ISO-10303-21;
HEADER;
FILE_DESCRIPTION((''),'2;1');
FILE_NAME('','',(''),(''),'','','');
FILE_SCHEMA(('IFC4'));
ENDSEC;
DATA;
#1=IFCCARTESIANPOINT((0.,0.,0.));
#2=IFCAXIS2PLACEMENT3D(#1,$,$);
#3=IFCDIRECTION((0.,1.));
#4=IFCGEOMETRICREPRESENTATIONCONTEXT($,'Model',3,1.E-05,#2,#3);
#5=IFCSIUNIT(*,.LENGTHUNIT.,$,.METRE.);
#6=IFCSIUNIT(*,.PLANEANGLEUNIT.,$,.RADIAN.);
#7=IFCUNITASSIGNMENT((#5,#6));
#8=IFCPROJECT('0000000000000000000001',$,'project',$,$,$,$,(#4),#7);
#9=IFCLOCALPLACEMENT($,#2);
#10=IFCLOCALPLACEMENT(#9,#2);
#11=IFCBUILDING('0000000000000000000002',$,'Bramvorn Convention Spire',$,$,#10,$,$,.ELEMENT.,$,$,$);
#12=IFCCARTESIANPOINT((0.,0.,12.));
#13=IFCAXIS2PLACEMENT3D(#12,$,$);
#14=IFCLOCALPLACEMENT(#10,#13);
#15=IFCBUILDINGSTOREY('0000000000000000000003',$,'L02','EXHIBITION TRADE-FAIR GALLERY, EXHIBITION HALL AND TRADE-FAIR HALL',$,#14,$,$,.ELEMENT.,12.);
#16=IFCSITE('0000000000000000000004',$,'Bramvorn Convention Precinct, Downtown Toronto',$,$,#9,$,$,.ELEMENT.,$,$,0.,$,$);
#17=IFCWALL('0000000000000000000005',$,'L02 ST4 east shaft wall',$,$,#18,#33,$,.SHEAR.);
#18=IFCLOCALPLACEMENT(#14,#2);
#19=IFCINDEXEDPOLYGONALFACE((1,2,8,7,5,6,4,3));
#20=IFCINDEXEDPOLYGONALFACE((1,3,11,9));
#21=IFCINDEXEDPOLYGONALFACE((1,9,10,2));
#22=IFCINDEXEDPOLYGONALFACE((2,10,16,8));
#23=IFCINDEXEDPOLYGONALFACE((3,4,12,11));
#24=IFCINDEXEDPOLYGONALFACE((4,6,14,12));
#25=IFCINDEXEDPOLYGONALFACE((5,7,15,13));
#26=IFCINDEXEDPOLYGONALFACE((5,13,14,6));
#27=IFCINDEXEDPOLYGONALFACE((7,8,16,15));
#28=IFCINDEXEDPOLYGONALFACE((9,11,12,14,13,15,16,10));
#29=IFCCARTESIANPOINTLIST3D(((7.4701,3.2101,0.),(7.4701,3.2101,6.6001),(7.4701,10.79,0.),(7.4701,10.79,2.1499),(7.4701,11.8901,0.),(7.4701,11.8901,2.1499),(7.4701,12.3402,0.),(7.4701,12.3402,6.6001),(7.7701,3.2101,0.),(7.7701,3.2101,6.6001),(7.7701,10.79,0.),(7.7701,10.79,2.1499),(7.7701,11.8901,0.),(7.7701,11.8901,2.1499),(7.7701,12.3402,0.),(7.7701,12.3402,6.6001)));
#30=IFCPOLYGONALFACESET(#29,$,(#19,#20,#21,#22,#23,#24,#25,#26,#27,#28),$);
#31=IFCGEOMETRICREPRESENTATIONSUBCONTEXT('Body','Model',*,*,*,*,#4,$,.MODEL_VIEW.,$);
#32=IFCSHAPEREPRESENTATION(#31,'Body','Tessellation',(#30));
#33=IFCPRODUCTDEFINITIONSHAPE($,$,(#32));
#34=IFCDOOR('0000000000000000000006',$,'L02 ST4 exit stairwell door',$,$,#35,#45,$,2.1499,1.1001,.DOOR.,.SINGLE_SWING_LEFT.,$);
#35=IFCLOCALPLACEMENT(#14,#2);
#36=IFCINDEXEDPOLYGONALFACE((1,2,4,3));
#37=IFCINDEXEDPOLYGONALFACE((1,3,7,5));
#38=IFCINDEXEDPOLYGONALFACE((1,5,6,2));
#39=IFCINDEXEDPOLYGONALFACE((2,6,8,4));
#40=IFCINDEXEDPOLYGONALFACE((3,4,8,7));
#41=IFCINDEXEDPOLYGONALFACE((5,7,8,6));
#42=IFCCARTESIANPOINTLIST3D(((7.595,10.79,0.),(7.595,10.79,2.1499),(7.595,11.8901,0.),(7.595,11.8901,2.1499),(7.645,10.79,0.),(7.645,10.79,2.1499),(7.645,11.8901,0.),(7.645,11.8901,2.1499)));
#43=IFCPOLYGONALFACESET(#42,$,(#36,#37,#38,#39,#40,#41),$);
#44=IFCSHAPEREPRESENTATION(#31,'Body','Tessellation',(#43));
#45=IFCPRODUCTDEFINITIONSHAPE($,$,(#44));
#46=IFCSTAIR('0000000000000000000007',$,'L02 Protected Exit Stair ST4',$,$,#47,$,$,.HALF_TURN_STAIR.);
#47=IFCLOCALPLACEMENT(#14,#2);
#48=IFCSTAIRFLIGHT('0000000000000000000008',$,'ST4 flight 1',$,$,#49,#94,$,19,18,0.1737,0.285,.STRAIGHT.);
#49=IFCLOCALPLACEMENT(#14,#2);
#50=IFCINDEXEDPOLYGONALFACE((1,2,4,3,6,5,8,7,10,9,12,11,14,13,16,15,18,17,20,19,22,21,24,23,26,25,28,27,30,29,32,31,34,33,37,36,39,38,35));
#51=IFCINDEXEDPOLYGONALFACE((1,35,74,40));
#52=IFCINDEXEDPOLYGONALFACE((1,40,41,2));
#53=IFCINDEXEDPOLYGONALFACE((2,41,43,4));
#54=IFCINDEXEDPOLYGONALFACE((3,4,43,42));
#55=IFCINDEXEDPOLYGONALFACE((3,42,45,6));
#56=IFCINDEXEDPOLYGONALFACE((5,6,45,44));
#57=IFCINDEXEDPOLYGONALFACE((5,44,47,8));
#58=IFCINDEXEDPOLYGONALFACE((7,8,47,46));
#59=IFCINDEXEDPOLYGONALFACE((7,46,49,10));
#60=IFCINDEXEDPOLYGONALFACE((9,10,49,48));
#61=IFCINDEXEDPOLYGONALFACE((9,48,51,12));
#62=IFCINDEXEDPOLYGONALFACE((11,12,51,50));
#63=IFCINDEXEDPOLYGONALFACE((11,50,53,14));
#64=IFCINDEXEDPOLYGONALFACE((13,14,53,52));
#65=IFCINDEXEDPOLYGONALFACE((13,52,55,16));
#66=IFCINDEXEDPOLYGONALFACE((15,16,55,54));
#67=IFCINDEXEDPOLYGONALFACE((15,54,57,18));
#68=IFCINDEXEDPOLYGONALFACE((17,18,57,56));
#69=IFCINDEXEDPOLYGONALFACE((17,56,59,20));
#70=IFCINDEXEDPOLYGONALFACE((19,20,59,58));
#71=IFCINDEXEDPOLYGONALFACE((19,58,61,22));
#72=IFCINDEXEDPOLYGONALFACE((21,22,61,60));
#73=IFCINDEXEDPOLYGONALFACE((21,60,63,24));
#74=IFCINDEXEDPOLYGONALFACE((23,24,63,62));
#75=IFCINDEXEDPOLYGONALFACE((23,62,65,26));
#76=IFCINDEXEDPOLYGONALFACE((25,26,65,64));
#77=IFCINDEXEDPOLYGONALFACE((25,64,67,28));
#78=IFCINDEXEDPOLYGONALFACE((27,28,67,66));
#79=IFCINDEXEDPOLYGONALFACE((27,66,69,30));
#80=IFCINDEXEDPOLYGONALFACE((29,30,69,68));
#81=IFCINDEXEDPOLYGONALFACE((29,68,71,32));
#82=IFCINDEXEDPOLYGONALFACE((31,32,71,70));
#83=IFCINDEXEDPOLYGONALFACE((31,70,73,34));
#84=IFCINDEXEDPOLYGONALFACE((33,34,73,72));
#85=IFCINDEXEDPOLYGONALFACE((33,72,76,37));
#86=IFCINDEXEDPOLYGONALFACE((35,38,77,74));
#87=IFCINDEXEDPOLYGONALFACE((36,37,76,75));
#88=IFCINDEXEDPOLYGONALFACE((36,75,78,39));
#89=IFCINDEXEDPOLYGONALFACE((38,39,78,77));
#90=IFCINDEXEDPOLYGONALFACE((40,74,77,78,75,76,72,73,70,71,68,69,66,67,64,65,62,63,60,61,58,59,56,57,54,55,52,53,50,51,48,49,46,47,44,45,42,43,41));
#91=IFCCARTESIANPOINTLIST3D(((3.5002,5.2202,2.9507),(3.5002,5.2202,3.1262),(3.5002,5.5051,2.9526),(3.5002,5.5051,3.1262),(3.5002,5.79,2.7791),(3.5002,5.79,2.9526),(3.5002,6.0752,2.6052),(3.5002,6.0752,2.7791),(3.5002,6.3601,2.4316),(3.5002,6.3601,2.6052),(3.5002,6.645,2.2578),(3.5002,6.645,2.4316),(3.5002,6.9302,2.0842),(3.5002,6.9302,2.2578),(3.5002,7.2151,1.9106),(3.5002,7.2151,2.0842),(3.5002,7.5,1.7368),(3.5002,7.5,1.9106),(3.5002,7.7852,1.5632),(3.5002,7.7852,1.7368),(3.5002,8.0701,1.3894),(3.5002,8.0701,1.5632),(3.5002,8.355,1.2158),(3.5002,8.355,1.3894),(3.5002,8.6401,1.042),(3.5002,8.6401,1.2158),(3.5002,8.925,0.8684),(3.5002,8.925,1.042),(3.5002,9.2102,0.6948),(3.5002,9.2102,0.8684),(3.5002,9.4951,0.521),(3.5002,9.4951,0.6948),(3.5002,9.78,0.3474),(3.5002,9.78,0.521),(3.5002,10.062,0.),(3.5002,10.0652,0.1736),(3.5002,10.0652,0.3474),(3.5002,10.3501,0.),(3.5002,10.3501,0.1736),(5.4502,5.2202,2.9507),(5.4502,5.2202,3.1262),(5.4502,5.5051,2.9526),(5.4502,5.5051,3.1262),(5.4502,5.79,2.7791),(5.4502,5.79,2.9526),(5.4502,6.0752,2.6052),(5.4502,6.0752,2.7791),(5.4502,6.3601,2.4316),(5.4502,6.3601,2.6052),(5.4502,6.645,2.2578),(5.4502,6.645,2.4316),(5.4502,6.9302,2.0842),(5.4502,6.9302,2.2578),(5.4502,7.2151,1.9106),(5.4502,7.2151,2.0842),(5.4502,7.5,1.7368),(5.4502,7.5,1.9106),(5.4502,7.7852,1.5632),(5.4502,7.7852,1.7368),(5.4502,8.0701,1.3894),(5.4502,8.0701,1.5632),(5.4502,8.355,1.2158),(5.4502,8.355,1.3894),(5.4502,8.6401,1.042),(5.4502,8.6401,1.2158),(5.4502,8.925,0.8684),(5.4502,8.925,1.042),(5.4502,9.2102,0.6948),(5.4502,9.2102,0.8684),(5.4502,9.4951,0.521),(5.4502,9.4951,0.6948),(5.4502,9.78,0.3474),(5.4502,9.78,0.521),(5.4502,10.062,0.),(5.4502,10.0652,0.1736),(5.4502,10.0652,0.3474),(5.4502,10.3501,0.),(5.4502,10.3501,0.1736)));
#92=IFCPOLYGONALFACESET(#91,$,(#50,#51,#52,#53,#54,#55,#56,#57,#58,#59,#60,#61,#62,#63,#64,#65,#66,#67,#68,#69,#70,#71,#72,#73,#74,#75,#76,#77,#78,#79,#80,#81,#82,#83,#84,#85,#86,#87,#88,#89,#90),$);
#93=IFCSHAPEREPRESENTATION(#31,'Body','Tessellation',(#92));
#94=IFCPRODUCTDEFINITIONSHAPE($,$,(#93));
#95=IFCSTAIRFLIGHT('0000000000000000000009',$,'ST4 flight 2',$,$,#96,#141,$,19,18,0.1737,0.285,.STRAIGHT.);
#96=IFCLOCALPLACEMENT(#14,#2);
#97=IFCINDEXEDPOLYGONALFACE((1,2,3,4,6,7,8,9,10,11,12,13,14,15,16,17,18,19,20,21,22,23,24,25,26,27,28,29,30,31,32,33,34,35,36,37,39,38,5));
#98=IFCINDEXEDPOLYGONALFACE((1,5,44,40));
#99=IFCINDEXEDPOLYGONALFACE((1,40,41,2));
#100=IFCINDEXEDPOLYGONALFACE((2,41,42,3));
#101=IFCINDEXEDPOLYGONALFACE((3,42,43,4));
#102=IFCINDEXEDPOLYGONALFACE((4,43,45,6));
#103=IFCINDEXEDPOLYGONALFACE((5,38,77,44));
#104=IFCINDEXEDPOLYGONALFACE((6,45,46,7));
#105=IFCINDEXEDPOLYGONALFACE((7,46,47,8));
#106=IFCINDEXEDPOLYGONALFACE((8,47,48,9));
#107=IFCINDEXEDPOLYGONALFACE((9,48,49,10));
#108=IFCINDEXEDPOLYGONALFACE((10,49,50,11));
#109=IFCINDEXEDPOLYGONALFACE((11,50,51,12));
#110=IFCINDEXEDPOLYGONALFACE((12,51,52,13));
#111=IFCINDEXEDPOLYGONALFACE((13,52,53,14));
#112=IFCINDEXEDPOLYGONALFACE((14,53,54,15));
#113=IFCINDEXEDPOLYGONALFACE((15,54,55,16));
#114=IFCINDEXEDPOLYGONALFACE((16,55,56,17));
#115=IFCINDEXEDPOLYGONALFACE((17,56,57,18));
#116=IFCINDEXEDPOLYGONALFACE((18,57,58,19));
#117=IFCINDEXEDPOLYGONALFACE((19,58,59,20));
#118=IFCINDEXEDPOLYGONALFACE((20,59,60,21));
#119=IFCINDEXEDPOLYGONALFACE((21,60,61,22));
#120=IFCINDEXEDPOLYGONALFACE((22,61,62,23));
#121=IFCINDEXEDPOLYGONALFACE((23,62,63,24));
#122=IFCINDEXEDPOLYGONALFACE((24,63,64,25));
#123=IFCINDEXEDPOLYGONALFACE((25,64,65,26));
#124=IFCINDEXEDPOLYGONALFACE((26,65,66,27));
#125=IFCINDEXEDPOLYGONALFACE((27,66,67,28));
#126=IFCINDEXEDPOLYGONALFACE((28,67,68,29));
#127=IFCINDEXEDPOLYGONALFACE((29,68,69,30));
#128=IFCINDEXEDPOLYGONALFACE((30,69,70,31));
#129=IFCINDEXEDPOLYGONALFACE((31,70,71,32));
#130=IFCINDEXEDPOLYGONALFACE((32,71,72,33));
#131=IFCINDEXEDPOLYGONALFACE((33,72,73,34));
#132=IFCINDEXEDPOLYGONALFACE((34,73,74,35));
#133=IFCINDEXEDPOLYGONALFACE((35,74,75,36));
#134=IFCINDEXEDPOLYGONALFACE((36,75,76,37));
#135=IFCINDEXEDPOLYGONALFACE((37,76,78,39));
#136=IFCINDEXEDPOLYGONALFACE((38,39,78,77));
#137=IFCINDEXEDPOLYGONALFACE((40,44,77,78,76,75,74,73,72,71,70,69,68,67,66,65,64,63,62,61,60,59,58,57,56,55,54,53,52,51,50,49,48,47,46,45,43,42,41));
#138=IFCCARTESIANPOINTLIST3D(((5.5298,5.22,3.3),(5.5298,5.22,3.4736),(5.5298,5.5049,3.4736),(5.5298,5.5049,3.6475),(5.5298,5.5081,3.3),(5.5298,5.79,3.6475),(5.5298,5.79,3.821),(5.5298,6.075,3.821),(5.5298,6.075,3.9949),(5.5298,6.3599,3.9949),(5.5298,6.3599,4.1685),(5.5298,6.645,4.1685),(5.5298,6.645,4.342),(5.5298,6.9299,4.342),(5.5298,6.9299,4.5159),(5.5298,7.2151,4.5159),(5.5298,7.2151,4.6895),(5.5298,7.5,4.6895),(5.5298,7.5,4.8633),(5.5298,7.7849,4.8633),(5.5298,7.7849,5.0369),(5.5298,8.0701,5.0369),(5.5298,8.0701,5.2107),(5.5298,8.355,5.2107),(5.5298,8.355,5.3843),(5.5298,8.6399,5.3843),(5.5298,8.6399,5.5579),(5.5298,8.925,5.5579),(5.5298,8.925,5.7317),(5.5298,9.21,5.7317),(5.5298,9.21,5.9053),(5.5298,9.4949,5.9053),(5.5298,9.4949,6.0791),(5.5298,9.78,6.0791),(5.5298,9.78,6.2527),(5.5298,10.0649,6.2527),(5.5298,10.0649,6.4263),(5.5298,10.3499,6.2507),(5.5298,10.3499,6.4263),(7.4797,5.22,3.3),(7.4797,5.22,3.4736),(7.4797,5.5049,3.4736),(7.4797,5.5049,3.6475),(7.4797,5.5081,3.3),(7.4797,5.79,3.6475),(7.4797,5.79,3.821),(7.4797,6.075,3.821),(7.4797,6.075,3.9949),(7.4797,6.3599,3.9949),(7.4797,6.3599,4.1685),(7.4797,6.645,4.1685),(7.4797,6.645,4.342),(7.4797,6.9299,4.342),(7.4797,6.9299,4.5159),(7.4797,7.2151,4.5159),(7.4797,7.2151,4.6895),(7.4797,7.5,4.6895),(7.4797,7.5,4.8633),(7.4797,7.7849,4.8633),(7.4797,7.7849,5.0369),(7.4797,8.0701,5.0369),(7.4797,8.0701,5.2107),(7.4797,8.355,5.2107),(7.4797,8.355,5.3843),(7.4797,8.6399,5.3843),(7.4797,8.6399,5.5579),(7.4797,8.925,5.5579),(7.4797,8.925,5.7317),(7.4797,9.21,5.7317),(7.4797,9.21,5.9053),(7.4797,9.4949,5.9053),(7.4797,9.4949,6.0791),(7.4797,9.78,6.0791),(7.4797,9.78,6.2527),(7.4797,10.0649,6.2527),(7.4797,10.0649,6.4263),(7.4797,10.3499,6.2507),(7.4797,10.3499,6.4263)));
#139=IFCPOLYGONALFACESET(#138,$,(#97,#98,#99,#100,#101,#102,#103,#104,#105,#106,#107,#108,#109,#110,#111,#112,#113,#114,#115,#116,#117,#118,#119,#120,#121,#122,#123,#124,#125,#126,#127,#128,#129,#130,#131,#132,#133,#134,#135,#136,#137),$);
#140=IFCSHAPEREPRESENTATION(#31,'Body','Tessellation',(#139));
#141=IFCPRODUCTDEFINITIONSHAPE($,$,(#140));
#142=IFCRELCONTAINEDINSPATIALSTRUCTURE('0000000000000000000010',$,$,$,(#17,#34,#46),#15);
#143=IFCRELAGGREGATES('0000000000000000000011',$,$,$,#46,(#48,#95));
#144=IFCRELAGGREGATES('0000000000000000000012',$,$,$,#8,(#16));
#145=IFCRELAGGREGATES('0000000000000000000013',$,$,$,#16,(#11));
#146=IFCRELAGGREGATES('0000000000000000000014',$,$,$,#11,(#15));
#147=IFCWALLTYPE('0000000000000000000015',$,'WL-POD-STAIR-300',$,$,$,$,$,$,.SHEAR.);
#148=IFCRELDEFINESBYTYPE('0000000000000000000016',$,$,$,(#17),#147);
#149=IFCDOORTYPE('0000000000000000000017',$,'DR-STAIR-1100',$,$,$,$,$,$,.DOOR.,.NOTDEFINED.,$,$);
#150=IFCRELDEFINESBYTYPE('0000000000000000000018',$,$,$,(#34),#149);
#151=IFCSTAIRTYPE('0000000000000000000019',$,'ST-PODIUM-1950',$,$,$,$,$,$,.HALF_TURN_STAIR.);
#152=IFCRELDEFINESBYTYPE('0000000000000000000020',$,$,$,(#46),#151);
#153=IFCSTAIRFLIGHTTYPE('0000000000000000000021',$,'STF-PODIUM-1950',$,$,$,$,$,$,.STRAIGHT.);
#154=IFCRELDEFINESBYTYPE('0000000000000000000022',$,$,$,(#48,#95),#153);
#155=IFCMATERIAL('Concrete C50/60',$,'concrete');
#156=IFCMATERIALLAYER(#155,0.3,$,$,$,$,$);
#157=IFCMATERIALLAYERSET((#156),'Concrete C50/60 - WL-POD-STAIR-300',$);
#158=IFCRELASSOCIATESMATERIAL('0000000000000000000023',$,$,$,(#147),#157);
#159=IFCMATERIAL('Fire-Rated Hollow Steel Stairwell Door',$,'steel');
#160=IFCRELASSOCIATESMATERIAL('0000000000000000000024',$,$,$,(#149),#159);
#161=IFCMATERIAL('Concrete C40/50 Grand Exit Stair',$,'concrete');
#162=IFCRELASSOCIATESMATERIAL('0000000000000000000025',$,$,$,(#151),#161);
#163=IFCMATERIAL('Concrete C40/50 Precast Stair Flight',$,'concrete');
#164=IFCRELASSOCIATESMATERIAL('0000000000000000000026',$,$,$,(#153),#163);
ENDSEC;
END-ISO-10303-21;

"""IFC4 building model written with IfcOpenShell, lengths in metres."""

from ifc_helpers import new_model, si_unit, direction, frame, frame_2d, origin, place, context, subcontext, project, spatial, polyline, rectangle, outline, extrude, material, layer, layer_set, type_object, element, fill, aggregate, save


model = new_model("IFC4")

# Units and contexts
model_context = context("Model", 3, precision=1e-05, world=origin(), true_north=direction((0.0, 1.0)))
body_context = subcontext(model_context, "Body", "Model", "MODEL_VIEW")
ifc_project = project(units=[si_unit("LENGTHUNIT", "METRE"), si_unit("PLANEANGLEUNIT", "RADIAN")], contexts=[model_context])

# Site, building, storey
site_placement = place(None, origin())
site = spatial("IfcSite", under=ifc_project, at=site_placement, Name="Bramvorn Convention Precinct, Downtown Toronto", CompositionType="ELEMENT", RefElevation=0.0)
building_placement = place(site_placement, origin())
building = spatial("IfcBuilding", under=site, at=building_placement, Name="Bramvorn Convention Spire", CompositionType="ELEMENT")
storey_placement = place(building_placement, frame((0.0, 0.0, 12.0)))
storey = spatial("IfcBuildingStorey", under=building, at=storey_placement, Name="L02", Description="EXHIBITION TRADE-FAIR GALLERY, EXHIBITION HALL AND TRADE-FAIR HALL", CompositionType="ELEMENT", Elevation=12.0)

# Shared definitions
ifc_material_1 = material(Name="Concrete C50/60", Category="concrete")
ifc_layer = layer(ifc_material_1, 0.3)
ifc_layer_set = layer_set([ifc_layer], Name="Concrete C50/60 - WL-POD-STAIR-300")
wall_type = type_object("IfcWallType", Name="WL-POD-STAIR-300", PredefinedType="SHEAR", material=ifc_layer_set)

# Wall, opening, door
wall_1_placement = place(storey_placement, frame((7.6201, 12.3401, 0.0), z_axis=(0.0, 0.0, 1.0), x_axis=(0.0, -1.0, 0.0)))
wall_1 = element("IfcWall", 1, at=wall_1_placement, inside=storey, type_object=wall_type, Name="L02 ST4 east shaft wall", PredefinedType="SHEAR", context=body_context, shape_type="SweptSolid", body=[
    extrude(rectangle(XDim=9.1301, YDim=0.3, at=frame_2d((4.5649, 0.0))), origin(), (0.0, 0.0, 1.0), 6.6001),
])
opening_placement = place(wall_1_placement, frame((0.45, 0.0, 0.0)))
opening = element("IfcOpeningElement", 2, at=opening_placement, cuts=wall_1, PredefinedType="OPENING", context=body_context, shape_type="SweptSolid", body=[
    extrude(rectangle(XDim=1.1001, YDim=2.1499, at=frame_2d((0.55, 1.075))), frame((0.0, 0.1599, 0.0), z_axis=(0.0, -1.0, 0.0), x_axis=(1.0, 0.0, 0.0)), (0.0, 0.0, 1.0), 0.3201),
])
ifc_material_2 = material(Name="Fire-Rated Hollow Steel Stairwell Door", Category="steel")
door_type = type_object("IfcDoorType", Name="DR-STAIR-1100", OperationType="NOTDEFINED", PredefinedType="DOOR", material=ifc_material_2)
door_placement = place(opening_placement, origin())
door = element("IfcDoor", 3, at=door_placement, inside=storey, type_object=door_type, Name="L02 ST4 exit stairwell door", OperationType="SINGLE_SWING_LEFT", OverallHeight=2.1499, OverallWidth=1.1001, PredefinedType="DOOR", context=body_context, shape_type="SweptSolid", body=[
    extrude(rectangle(XDim=1.1001, YDim=2.1499, at=frame_2d((0.55, 1.075))), frame((0.0, 0.0249, 0.0), z_axis=(0.0, -1.0, 0.0), x_axis=(1.0, 0.0, 0.0)), (0.0, 0.0, 1.0), 0.05),
])
fill(opening, door)

# Stair, stair flights
ifc_material_3 = material(Name="Concrete C40/50 Grand Exit Stair", Category="concrete")
stair_type = type_object("IfcStairType", Name="ST-PODIUM-1950", PredefinedType="HALF_TURN_STAIR", material=ifc_material_3)
stair_placement = place(storey_placement, origin())
stair = element("IfcStair", 4, at=stair_placement, inside=storey, type_object=stair_type, Name="L02 Protected Exit Stair ST4", PredefinedType="HALF_TURN_STAIR")
ifc_material_4 = material(Name="Concrete C40/50 Precast Stair Flight", Category="concrete")
stair_flight_type = type_object("IfcStairFlightType", Name="STF-PODIUM-1950", PredefinedType="STRAIGHT", material=ifc_material_4)
stair_flight_1_placement = place(storey_placement, frame((4.4751, 10.3501, 0.0), z_axis=(0.0, 0.0, 1.0), x_axis=(0.0, -1.0, 0.0)))
stair_flight_1 = element("IfcStairFlight", 5, at=stair_flight_1_placement, type_object=stair_flight_type, Name="ST4 flight 1", NumberOfRisers=19, NumberOfTreads=18, PredefinedType="STRAIGHT", RiserHeight=0.1737, TreadLength=0.285, context=body_context, shape_type="SweptSolid", body=[
    extrude(outline(polyline([(0.0, 0.0), (0.0, 0.1736), (0.2849, 0.1736), (0.2849, 0.3474), (0.5701, 0.3474), (0.5701, 0.521), (0.855, 0.521), (0.855, 0.6948), (1.1399, 0.6948), (1.1399, 0.8684), (1.425, 0.8684), (1.425, 1.042), (1.71, 1.042), (1.71, 1.2158), (1.9951, 1.2158), (1.9951, 1.3894), (2.28, 1.3894), (2.28, 1.5632), (2.5649, 1.5632), (2.5649, 1.7368), (2.8501, 1.7368), (2.8501, 1.9106), (3.135, 1.9106), (3.135, 2.0842), (3.4199, 2.0842), (3.4199, 2.2578), (3.7051, 2.2578), (3.7051, 2.4316), (3.99, 2.4316), (3.99, 2.6052), (4.2749, 2.6052), (4.2749, 2.7791), (4.5601, 2.7791), (4.5601, 2.9526), (4.845, 2.9526), (4.845, 3.1262), (5.1299, 3.1262), (5.1299, 3.3), (5.1299, 2.9507), (0.2881, 0.0), (0.0, 0.0)])), frame((0.0, 0.9751, 0.0), z_axis=(0.0, -1.0, 0.0), x_axis=(1.0, 0.0, 0.0)), (0.0, 0.0, 1.0), 1.95),
])
stair_flight_2_placement = place(storey_placement, frame((6.5049, 5.22, 3.3), z_axis=(0.0, 0.0, 1.0), x_axis=(0.0, 1.0, 0.0)))
stair_flight_2 = element("IfcStairFlight", 6, at=stair_flight_2_placement, type_object=stair_flight_type, Name="ST4 flight 2", NumberOfRisers=19, NumberOfTreads=18, PredefinedType="STRAIGHT", RiserHeight=0.1737, TreadLength=0.285, context=body_context, shape_type="SweptSolid", body=[
    extrude(outline(polyline([(0.0, 0.0), (0.0, 0.1736), (0.2849, 0.1736), (0.2849, 0.3474), (0.5701, 0.3474), (0.5701, 0.521), (0.855, 0.521), (0.855, 0.6948), (1.1399, 0.6948), (1.1399, 0.8684), (1.425, 0.8684), (1.425, 1.042), (1.71, 1.042), (1.71, 1.2158), (1.9951, 1.2158), (1.9951, 1.3894), (2.28, 1.3894), (2.28, 1.5632), (2.5649, 1.5632), (2.5649, 1.7368), (2.8501, 1.7368), (2.8501, 1.9106), (3.135, 1.9106), (3.135, 2.0842), (3.4199, 2.0842), (3.4199, 2.2578), (3.7051, 2.2578), (3.7051, 2.4316), (3.99, 2.4316), (3.99, 2.6052), (4.2749, 2.6052), (4.2749, 2.7791), (4.5601, 2.7791), (4.5601, 2.9526), (4.845, 2.9526), (4.845, 3.1262), (5.1299, 3.1262), (5.1299, 3.3), (5.1299, 2.9507), (0.2881, 0.0), (0.0, 0.0)])), frame((0.0, 0.9751, 0.0), z_axis=(0.0, -1.0, 0.0), x_axis=(1.0, 0.0, 0.0)), (0.0, 0.0, 1.0), 1.95),
])
aggregate(stair, [stair_flight_1, stair_flight_2])

save(model, "model.ifc")
